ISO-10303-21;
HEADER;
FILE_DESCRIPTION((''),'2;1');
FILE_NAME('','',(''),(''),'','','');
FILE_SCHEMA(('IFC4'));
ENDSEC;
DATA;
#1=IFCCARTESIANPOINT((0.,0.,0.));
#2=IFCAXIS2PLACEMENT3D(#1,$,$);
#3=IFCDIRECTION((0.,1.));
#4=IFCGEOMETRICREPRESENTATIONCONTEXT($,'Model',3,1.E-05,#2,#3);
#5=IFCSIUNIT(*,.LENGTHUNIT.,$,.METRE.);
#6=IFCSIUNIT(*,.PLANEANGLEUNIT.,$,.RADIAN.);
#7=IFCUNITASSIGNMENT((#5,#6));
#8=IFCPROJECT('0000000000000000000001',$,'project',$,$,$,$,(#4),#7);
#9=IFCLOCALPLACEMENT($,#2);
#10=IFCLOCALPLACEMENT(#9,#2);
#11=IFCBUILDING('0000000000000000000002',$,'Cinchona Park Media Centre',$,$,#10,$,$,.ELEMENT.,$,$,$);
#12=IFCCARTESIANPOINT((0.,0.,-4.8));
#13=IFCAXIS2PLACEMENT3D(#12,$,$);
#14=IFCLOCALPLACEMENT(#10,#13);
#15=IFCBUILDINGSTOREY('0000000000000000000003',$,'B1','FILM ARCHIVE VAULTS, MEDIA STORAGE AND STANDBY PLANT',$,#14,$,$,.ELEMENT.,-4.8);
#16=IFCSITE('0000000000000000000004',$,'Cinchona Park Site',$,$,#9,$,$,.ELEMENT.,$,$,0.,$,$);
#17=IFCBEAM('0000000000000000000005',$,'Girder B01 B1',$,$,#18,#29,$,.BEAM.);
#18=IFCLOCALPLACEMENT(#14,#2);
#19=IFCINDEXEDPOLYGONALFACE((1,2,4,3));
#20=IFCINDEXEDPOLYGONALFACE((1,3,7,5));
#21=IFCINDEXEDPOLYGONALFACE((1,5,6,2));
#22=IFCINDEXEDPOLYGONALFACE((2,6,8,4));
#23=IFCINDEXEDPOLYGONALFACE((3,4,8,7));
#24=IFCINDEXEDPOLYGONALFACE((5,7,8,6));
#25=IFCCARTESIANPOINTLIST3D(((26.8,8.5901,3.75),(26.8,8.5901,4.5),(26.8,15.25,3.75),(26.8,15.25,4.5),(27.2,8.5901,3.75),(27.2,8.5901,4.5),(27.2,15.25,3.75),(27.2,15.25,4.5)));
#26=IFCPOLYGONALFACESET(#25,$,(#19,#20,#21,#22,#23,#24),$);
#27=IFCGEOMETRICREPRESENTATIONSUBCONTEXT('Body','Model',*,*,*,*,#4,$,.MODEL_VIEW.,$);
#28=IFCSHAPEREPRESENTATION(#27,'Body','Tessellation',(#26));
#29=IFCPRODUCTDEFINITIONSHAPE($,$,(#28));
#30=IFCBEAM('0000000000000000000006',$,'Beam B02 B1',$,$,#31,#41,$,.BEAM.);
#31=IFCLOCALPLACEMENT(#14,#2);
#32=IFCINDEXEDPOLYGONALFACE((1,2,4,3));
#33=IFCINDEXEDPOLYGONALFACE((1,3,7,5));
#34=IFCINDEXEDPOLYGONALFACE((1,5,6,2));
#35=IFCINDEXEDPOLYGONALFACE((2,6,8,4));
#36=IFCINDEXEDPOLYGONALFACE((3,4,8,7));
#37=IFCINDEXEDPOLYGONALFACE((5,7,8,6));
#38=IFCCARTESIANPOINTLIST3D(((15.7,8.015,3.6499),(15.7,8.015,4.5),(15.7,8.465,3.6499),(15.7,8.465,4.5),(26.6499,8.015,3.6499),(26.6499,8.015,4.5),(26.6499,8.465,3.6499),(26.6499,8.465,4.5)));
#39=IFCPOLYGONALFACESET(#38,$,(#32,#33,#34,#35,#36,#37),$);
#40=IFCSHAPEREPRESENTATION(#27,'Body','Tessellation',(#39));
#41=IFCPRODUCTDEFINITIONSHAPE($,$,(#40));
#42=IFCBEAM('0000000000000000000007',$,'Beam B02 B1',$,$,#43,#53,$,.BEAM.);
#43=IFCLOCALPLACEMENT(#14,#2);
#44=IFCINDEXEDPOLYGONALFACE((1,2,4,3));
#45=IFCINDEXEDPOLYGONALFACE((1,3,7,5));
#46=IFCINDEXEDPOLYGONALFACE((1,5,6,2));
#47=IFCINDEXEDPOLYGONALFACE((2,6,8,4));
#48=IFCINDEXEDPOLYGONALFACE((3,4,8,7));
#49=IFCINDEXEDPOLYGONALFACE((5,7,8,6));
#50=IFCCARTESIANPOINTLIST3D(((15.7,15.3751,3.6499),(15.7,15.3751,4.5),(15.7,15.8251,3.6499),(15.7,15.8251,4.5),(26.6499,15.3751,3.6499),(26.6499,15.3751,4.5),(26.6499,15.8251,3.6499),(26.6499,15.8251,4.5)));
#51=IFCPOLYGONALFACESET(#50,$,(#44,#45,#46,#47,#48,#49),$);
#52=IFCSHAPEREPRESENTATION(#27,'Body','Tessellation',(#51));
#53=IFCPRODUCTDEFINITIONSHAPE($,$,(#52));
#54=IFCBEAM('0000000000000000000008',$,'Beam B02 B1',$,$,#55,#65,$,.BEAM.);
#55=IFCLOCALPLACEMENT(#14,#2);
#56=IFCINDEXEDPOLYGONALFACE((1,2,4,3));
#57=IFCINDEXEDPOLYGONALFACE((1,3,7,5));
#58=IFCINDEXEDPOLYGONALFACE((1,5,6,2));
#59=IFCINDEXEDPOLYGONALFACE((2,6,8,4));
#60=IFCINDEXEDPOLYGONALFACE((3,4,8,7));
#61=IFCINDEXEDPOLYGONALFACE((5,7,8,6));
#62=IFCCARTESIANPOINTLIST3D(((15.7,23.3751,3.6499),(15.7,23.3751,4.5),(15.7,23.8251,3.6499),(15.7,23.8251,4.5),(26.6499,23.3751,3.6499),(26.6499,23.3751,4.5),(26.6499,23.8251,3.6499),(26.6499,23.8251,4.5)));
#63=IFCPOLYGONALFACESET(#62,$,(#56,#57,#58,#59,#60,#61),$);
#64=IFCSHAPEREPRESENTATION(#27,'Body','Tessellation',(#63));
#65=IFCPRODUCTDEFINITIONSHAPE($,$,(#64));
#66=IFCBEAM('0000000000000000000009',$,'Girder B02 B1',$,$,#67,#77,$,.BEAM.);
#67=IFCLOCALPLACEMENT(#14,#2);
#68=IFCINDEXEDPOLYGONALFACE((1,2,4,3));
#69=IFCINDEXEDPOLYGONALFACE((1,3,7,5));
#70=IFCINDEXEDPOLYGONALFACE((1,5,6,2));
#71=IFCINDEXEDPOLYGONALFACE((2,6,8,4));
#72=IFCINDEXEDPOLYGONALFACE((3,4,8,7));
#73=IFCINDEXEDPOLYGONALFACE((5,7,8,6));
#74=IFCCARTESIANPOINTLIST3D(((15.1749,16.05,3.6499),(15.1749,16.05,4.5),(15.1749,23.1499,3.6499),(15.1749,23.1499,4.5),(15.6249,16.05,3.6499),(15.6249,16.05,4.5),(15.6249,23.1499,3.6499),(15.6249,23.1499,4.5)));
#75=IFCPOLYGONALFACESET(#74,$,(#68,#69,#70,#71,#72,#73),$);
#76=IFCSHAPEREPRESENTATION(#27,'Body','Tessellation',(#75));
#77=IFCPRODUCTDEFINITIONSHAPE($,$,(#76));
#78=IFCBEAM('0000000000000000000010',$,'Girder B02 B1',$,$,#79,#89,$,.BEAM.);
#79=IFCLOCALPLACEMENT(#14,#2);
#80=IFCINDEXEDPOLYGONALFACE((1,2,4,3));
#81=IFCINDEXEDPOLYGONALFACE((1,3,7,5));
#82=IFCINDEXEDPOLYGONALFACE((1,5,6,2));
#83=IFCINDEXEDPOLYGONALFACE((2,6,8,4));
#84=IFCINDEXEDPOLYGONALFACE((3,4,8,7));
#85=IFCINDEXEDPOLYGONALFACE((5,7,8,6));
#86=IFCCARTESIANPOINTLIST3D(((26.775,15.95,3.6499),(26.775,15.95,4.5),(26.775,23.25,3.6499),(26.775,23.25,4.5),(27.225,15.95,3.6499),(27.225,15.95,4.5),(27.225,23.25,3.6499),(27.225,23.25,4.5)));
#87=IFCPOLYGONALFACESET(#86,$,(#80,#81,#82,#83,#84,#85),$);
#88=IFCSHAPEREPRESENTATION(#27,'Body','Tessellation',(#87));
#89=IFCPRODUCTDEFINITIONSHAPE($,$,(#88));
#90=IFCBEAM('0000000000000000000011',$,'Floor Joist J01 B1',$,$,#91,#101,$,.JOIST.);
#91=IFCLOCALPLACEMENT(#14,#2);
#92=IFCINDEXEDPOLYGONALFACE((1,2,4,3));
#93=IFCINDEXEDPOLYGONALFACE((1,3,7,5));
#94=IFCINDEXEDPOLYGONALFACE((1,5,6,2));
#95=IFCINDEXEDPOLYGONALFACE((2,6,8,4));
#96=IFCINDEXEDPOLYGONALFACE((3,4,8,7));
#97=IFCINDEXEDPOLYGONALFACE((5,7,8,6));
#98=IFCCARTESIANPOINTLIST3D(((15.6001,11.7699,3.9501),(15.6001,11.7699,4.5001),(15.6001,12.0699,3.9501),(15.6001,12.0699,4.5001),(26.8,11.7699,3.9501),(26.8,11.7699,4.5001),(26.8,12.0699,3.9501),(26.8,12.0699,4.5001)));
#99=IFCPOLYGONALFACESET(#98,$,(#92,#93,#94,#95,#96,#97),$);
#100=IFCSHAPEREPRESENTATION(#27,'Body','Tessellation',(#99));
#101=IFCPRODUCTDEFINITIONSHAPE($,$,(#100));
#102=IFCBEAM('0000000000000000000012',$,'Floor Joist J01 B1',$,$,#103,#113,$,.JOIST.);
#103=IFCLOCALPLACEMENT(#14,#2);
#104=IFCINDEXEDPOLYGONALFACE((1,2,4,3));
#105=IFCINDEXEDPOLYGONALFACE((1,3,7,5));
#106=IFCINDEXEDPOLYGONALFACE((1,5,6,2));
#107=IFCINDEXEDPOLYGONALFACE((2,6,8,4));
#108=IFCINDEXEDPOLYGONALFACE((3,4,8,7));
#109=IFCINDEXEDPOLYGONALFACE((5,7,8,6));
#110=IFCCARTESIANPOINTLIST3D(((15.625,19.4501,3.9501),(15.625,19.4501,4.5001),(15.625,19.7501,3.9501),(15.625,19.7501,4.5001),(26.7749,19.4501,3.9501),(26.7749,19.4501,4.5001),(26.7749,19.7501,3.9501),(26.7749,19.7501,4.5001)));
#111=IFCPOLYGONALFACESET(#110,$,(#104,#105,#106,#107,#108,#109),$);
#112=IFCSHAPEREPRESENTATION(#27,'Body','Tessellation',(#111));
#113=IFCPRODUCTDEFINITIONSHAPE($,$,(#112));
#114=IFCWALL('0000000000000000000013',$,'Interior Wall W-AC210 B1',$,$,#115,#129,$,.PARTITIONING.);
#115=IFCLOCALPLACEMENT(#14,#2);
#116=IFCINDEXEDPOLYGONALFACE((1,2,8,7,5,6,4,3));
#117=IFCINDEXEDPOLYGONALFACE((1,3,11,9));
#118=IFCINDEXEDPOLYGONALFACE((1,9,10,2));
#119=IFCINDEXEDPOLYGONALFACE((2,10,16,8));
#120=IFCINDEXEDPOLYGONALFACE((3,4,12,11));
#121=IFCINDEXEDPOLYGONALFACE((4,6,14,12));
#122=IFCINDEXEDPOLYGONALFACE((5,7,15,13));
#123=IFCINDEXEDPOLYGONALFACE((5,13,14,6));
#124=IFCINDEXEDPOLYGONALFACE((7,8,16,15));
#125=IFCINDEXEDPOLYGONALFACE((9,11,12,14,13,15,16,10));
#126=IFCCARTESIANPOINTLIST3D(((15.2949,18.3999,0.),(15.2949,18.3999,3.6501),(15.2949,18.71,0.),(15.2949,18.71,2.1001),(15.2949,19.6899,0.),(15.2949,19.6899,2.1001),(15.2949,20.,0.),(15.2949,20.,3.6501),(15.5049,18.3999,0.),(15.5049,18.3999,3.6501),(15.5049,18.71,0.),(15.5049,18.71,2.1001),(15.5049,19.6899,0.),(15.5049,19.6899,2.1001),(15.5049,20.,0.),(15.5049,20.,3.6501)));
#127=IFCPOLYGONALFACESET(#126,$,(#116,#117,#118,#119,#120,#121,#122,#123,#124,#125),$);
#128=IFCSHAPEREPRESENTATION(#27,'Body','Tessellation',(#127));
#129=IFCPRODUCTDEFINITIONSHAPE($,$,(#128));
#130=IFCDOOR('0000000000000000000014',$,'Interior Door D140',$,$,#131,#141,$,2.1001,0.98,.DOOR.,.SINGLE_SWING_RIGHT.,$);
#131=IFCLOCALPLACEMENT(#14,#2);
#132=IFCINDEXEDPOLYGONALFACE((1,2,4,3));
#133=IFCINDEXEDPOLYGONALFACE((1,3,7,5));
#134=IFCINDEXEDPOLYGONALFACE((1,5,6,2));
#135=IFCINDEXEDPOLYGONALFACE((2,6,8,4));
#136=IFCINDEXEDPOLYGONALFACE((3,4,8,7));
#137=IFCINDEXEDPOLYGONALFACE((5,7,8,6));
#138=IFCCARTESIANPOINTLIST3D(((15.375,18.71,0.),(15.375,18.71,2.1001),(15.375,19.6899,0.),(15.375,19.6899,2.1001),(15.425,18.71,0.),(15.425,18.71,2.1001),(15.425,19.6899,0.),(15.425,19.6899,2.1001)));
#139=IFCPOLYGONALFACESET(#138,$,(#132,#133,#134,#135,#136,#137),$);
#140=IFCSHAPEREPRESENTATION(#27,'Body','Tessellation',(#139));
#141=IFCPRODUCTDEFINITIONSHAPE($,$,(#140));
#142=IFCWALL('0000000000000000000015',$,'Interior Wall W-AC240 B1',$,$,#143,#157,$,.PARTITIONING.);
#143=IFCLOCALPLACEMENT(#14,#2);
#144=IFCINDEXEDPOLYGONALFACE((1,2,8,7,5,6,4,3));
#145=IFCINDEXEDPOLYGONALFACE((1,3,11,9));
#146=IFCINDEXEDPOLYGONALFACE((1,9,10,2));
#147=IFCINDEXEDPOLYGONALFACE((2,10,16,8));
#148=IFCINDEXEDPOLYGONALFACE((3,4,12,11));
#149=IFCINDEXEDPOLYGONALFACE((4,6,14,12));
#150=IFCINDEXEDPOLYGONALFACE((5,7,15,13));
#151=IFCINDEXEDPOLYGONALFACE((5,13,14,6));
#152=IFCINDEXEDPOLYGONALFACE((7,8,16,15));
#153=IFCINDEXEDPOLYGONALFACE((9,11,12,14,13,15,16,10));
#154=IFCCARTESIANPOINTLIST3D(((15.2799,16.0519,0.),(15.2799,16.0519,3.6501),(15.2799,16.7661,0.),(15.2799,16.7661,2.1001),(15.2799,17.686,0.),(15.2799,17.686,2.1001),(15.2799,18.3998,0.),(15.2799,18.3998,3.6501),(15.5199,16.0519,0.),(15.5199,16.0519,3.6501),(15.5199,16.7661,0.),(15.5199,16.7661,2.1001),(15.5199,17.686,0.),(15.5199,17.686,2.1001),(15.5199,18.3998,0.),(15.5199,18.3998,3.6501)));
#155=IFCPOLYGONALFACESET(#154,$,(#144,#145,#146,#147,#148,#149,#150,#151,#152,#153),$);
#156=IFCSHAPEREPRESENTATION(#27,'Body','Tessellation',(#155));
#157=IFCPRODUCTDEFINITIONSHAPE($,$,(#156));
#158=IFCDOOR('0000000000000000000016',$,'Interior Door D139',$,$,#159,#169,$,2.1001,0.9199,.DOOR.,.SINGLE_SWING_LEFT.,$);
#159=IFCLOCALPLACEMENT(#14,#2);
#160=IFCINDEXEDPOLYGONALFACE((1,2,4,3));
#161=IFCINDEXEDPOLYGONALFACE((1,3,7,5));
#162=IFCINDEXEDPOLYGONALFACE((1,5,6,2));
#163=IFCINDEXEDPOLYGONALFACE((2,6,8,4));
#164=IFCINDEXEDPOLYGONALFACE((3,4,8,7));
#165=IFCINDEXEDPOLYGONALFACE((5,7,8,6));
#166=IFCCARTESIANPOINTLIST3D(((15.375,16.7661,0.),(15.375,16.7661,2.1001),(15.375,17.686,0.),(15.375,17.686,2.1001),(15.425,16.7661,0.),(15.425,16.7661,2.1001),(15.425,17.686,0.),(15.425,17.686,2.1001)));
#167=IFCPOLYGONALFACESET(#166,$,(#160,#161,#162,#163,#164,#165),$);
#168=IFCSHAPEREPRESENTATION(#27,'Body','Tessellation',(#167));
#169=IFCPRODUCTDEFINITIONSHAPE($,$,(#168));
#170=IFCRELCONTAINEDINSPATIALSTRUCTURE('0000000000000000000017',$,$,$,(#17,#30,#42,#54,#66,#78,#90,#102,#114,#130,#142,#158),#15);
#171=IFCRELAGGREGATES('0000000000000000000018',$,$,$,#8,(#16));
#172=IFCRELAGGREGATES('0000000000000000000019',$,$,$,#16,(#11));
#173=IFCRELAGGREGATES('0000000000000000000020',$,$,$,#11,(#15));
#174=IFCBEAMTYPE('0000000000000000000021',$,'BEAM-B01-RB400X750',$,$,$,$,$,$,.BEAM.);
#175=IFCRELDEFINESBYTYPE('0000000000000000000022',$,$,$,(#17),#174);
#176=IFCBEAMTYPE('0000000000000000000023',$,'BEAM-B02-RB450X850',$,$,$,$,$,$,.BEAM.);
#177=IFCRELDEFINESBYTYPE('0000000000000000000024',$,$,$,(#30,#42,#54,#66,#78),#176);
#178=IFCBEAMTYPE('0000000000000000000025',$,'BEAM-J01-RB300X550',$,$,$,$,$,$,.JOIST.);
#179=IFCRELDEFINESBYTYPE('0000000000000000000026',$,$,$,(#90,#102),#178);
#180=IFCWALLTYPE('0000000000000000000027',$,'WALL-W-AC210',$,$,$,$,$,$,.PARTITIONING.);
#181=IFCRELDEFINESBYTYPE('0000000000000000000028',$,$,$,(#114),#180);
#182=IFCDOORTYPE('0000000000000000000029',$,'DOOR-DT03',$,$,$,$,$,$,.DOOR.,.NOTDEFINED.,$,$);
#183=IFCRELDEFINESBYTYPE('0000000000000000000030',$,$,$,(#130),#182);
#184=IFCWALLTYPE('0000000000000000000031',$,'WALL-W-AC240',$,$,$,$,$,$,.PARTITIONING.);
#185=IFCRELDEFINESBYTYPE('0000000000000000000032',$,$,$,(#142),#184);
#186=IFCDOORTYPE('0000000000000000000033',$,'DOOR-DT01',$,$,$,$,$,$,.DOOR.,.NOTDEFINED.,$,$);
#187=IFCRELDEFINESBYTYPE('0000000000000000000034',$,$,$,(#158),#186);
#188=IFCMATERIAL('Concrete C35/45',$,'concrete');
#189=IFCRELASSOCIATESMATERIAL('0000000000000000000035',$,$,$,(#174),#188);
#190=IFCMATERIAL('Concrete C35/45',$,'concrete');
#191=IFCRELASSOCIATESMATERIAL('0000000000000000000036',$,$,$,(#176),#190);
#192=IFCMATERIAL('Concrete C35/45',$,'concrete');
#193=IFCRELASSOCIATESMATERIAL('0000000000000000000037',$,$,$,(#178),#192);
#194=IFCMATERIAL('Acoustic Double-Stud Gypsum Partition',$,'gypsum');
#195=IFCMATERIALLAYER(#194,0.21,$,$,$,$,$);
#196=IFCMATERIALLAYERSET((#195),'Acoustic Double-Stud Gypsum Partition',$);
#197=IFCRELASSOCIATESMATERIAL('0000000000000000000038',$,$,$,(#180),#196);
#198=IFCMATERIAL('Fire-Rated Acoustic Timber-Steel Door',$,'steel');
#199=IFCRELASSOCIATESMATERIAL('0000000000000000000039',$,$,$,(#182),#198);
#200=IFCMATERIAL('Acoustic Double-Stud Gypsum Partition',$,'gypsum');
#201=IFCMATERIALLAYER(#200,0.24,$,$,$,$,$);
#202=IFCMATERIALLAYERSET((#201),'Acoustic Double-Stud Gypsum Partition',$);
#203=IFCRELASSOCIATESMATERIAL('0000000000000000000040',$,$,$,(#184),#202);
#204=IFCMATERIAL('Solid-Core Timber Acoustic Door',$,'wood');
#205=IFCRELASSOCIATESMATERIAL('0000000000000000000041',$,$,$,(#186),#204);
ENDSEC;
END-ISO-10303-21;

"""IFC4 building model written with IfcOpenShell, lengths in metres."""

from ifc_helpers import new_model, si_unit, direction, frame, frame_2d, origin, origin_2d, place, context, subcontext, project, spatial, rectangle, extrude, material, layer, layer_set, material_profile, profile_set, type_object, element, fill, save


model = new_model("IFC4")

# Units and contexts
model_context = context("Model", 3, precision=1e-05, world=origin(), true_north=direction((0.0, 1.0)))
body_context = subcontext(model_context, "Body", "Model", "MODEL_VIEW")
ifc_project = project(units=[si_unit("LENGTHUNIT", "METRE"), si_unit("PLANEANGLEUNIT", "RADIAN")], contexts=[model_context])

# Site, building, storey
site_placement = place(None, origin())
site = spatial("IfcSite", under=ifc_project, at=site_placement, Name="Cinchona Park Site", CompositionType="ELEMENT", RefElevation=0.0)
building_placement = place(site_placement, origin())
building = spatial("IfcBuilding", under=site, at=building_placement, Name="Cinchona Park Media Centre", CompositionType="ELEMENT")
storey_placement = place(building_placement, frame((0.0, 0.0, -4.8)))
storey = spatial("IfcBuildingStorey", under=building, at=storey_placement, Name="B1", Description="FILM ARCHIVE VAULTS, MEDIA STORAGE AND STANDBY PLANT", CompositionType="ELEMENT", Elevation=-4.8)

# Beams
ifc_material_1 = material(Name="Concrete C35/45", Category="concrete")
ifc_material_profile_1 = material_profile(ifc_material_1, rectangle(XDim=0.3999, YDim=0.75, at=origin_2d()), Name="RB 400X750")
ifc_profile_set_1 = profile_set([ifc_material_profile_1], Name="Concrete C35/45")
beam_type_1 = type_object("IfcBeamType", Name="BEAM-B01-RB400X750", PredefinedType="BEAM", material=ifc_profile_set_1)
beam_1_placement = place(storey_placement, frame((27.0, 8.5901, 4.125), z_axis=(0.0, 1.0, 0.0), x_axis=(-1.0, 0.0, 0.0)))
element("IfcBeam", 1, at=beam_1_placement, inside=storey, type_object=beam_type_1, Name="Girder B01 B1", PredefinedType="BEAM", context=body_context, shape_type="SweptSolid", body=[
    extrude(rectangle(XDim=0.3999, YDim=0.75, at=origin_2d()), origin(), (0.0, 0.0, 1.0), 6.6599),
])
ifc_material_2 = material(Name="Concrete C35/45", Category="concrete")
ifc_material_profile_2 = material_profile(ifc_material_2, rectangle(XDim=0.45, YDim=0.8501, at=origin_2d()), Name="RB 450X850")
ifc_profile_set_2 = profile_set([ifc_material_profile_2], Name="Concrete C35/45")
beam_type_2 = type_object("IfcBeamType", Name="BEAM-B02-RB450X850", PredefinedType="BEAM", material=ifc_profile_set_2)
for number, where, z_axis, x_axis, name in (
    (2, (15.7, 8.24, 4.075), (1.0, 0.0, 0.0), (0.0, 1.0, 0.0), "Beam B02 B1"),
    (3, (15.7, 15.6001, 4.075), (1.0, 0.0, 0.0), (0.0, 1.0, 0.0), "Beam B02 B1"),
    (4, (15.7, 23.6001, 4.075), (1.0, 0.0, 0.0), (0.0, 1.0, 0.0), "Beam B02 B1"),
):
    element("IfcBeam", number, at=place(storey_placement, frame(where, z_axis=z_axis, x_axis=x_axis)), inside=storey, type_object=beam_type_2, Name=name, PredefinedType="BEAM", context=body_context, shape_type="SweptSolid", body=[
        extrude(rectangle(XDim=0.45, YDim=0.8501, at=origin_2d()), origin(), (0.0, 0.0, 1.0), 10.95),
    ])
beam_2_placement = place(storey_placement, frame((15.3999, 16.05, 4.075), z_axis=(0.0, 1.0, 0.0), x_axis=(-1.0, 0.0, 0.0)))
element("IfcBeam", 5, at=beam_2_placement, inside=storey, type_object=beam_type_2, Name="Girder B02 B1", PredefinedType="BEAM", context=body_context, shape_type="SweptSolid", body=[
    extrude(rectangle(XDim=0.45, YDim=0.8501, at=origin_2d()), origin(), (0.0, 0.0, 1.0), 7.0999),
])
beam_3_placement = place(storey_placement, frame((27.0, 15.95, 4.075), z_axis=(0.0, 1.0, 0.0), x_axis=(-1.0, 0.0, 0.0)))
element("IfcBeam", 6, at=beam_3_placement, inside=storey, type_object=beam_type_2, Name="Girder B02 B1", PredefinedType="BEAM", context=body_context, shape_type="SweptSolid", body=[
    extrude(rectangle(XDim=0.45, YDim=0.8501, at=origin_2d()), origin(), (0.0, 0.0, 1.0), 7.3),
])
ifc_material_3 = material(Name="Concrete C35/45", Category="concrete")
ifc_material_profile_3 = material_profile(ifc_material_3, rectangle(XDim=0.3, YDim=0.55, at=origin_2d()), Name="RB 300X550")
ifc_profile_set_3 = profile_set([ifc_material_profile_3], Name="Concrete C35/45")
beam_type_3 = type_object("IfcBeamType", Name="BEAM-J01-RB300X550", PredefinedType="JOIST", material=ifc_profile_set_3)
beam_4_placement = place(storey_placement, frame((15.6001, 11.9199, 4.2251), z_axis=(1.0, 0.0, 0.0), x_axis=(0.0, 1.0, 0.0)))
element("IfcBeam", 7, at=beam_4_placement, inside=storey, type_object=beam_type_3, Name="Floor Joist J01 B1", PredefinedType="JOIST", context=body_context, shape_type="SweptSolid", body=[
    extrude(rectangle(XDim=0.3, YDim=0.55, at=origin_2d()), origin(), (0.0, 0.0, 1.0), 11.2),
])
beam_5_placement = place(storey_placement, frame((15.625, 19.6001, 4.2251), z_axis=(1.0, 0.0, 0.0), x_axis=(0.0, 1.0, 0.0)))
element("IfcBeam", 8, at=beam_5_placement, inside=storey, type_object=beam_type_3, Name="Floor Joist J01 B1", PredefinedType="JOIST", context=body_context, shape_type="SweptSolid", body=[
    extrude(rectangle(XDim=0.3, YDim=0.55, at=origin_2d()), origin(), (0.0, 0.0, 1.0), 11.1499),
])

# Walls, openings, doors
ifc_material_4 = material(Name="Acoustic Double-Stud Gypsum Partition", Category="gypsum")
ifc_layer_1 = layer(ifc_material_4, 0.21)
ifc_layer_set_1 = layer_set([ifc_layer_1], Name="Acoustic Double-Stud Gypsum Partition")
wall_type_1 = type_object("IfcWallType", Name="WALL-W-AC210", PredefinedType="PARTITIONING", material=ifc_layer_set_1)
wall_1_placement = place(storey_placement, frame((15.3999, 18.3999, 0.0), z_axis=(0.0, 0.0, 1.0), x_axis=(0.0, 1.0, 0.0)))
wall_1 = element("IfcWall", 9, at=wall_1_placement, inside=storey, type_object=wall_type_1, Name="Interior Wall W-AC210 B1", PredefinedType="PARTITIONING", context=body_context, shape_type="SweptSolid", body=[
    extrude(rectangle(XDim=1.6001, YDim=0.21, at=frame_2d((0.8, 0.0))), origin(), (0.0, 0.0, 1.0), 3.6501),
])
opening_1_placement = place(wall_1_placement, frame((0.3101, 0.0, 0.0)))
opening_1 = element("IfcOpeningElement", 10, at=opening_1_placement, cuts=wall_1, PredefinedType="OPENING", context=body_context, shape_type="SweptSolid", body=[
    extrude(rectangle(XDim=0.98, YDim=2.1001, at=frame_2d((0.49, 1.05))), frame((0.0, 0.115, 0.0), z_axis=(0.0, -1.0, 0.0), x_axis=(1.0, 0.0, 0.0)), (0.0, 0.0, 1.0), 0.23),
])
ifc_material_5 = material(Name="Fire-Rated Acoustic Timber-Steel Door", Category="steel")
door_type_1 = type_object("IfcDoorType", Name="DOOR-DT03", OperationType="NOTDEFINED", PredefinedType="DOOR", material=ifc_material_5)
door_1_placement = place(opening_1_placement, origin())
door_1 = element("IfcDoor", 11, at=door_1_placement, inside=storey, type_object=door_type_1, Name="Interior Door D140", OperationType="SINGLE_SWING_RIGHT", OverallHeight=2.1001, OverallWidth=0.98, PredefinedType="DOOR", context=body_context, shape_type="SweptSolid", body=[
    extrude(rectangle(XDim=0.98, YDim=2.1001, at=frame_2d((0.49, 1.05))), frame((0.0, 0.0249, 0.0), z_axis=(0.0, -1.0, 0.0), x_axis=(1.0, 0.0, 0.0)), (0.0, 0.0, 1.0), 0.05),
])
fill(opening_1, door_1)
ifc_material_6 = material(Name="Acoustic Double-Stud Gypsum Partition", Category="gypsum")
ifc_layer_2 = layer(ifc_material_6, 0.24)
ifc_layer_set_2 = layer_set([ifc_layer_2], Name="Acoustic Double-Stud Gypsum Partition")
wall_type_2 = type_object("IfcWallType", Name="WALL-W-AC240", PredefinedType="PARTITIONING", material=ifc_layer_set_2)
wall_2_placement = place(storey_placement, frame((15.3999, 16.052, 0.0), z_axis=(0.0, 0.0, 1.0), x_axis=(0.0, 1.0, 0.0)))
wall_2 = element("IfcWall", 12, at=wall_2_placement, inside=storey, type_object=wall_type_2, Name="Interior Wall W-AC240 B1", PredefinedType="PARTITIONING", context=body_context, shape_type="SweptSolid", body=[
    extrude(rectangle(XDim=2.3479, YDim=0.24, at=frame_2d((1.1738, 0.0))), origin(), (0.0, 0.0, 1.0), 3.6501),
])
opening_2_placement = place(wall_2_placement, frame((0.7141, 0.0, 0.0)))
opening_2 = element("IfcOpeningElement", 13, at=opening_2_placement, cuts=wall_2, PredefinedType="OPENING", context=body_context, shape_type="SweptSolid", body=[
    extrude(rectangle(XDim=0.9199, YDim=2.1001, at=frame_2d((0.46, 1.05))), frame((0.0, 0.1299, 0.0), z_axis=(0.0, -1.0, 0.0), x_axis=(1.0, 0.0, 0.0)), (0.0, 0.0, 1.0), 0.26),
])
ifc_material_7 = material(Name="Solid-Core Timber Acoustic Door", Category="wood")
door_type_2 = type_object("IfcDoorType", Name="DOOR-DT01", OperationType="NOTDEFINED", PredefinedType="DOOR", material=ifc_material_7)
door_2_placement = place(opening_2_placement, origin())
door_2 = element("IfcDoor", 14, at=door_2_placement, inside=storey, type_object=door_type_2, Name="Interior Door D139", OperationType="SINGLE_SWING_LEFT", OverallHeight=2.1001, OverallWidth=0.9199, PredefinedType="DOOR", context=body_context, shape_type="SweptSolid", body=[
    extrude(rectangle(XDim=0.9199, YDim=2.1001, at=frame_2d((0.46, 1.05))), frame((0.0, 0.0249, 0.0), z_axis=(0.0, -1.0, 0.0), x_axis=(1.0, 0.0, 0.0)), (0.0, 0.0, 1.0), 0.05),
])
fill(opening_2, door_2)

save(model, "model.ifc")
